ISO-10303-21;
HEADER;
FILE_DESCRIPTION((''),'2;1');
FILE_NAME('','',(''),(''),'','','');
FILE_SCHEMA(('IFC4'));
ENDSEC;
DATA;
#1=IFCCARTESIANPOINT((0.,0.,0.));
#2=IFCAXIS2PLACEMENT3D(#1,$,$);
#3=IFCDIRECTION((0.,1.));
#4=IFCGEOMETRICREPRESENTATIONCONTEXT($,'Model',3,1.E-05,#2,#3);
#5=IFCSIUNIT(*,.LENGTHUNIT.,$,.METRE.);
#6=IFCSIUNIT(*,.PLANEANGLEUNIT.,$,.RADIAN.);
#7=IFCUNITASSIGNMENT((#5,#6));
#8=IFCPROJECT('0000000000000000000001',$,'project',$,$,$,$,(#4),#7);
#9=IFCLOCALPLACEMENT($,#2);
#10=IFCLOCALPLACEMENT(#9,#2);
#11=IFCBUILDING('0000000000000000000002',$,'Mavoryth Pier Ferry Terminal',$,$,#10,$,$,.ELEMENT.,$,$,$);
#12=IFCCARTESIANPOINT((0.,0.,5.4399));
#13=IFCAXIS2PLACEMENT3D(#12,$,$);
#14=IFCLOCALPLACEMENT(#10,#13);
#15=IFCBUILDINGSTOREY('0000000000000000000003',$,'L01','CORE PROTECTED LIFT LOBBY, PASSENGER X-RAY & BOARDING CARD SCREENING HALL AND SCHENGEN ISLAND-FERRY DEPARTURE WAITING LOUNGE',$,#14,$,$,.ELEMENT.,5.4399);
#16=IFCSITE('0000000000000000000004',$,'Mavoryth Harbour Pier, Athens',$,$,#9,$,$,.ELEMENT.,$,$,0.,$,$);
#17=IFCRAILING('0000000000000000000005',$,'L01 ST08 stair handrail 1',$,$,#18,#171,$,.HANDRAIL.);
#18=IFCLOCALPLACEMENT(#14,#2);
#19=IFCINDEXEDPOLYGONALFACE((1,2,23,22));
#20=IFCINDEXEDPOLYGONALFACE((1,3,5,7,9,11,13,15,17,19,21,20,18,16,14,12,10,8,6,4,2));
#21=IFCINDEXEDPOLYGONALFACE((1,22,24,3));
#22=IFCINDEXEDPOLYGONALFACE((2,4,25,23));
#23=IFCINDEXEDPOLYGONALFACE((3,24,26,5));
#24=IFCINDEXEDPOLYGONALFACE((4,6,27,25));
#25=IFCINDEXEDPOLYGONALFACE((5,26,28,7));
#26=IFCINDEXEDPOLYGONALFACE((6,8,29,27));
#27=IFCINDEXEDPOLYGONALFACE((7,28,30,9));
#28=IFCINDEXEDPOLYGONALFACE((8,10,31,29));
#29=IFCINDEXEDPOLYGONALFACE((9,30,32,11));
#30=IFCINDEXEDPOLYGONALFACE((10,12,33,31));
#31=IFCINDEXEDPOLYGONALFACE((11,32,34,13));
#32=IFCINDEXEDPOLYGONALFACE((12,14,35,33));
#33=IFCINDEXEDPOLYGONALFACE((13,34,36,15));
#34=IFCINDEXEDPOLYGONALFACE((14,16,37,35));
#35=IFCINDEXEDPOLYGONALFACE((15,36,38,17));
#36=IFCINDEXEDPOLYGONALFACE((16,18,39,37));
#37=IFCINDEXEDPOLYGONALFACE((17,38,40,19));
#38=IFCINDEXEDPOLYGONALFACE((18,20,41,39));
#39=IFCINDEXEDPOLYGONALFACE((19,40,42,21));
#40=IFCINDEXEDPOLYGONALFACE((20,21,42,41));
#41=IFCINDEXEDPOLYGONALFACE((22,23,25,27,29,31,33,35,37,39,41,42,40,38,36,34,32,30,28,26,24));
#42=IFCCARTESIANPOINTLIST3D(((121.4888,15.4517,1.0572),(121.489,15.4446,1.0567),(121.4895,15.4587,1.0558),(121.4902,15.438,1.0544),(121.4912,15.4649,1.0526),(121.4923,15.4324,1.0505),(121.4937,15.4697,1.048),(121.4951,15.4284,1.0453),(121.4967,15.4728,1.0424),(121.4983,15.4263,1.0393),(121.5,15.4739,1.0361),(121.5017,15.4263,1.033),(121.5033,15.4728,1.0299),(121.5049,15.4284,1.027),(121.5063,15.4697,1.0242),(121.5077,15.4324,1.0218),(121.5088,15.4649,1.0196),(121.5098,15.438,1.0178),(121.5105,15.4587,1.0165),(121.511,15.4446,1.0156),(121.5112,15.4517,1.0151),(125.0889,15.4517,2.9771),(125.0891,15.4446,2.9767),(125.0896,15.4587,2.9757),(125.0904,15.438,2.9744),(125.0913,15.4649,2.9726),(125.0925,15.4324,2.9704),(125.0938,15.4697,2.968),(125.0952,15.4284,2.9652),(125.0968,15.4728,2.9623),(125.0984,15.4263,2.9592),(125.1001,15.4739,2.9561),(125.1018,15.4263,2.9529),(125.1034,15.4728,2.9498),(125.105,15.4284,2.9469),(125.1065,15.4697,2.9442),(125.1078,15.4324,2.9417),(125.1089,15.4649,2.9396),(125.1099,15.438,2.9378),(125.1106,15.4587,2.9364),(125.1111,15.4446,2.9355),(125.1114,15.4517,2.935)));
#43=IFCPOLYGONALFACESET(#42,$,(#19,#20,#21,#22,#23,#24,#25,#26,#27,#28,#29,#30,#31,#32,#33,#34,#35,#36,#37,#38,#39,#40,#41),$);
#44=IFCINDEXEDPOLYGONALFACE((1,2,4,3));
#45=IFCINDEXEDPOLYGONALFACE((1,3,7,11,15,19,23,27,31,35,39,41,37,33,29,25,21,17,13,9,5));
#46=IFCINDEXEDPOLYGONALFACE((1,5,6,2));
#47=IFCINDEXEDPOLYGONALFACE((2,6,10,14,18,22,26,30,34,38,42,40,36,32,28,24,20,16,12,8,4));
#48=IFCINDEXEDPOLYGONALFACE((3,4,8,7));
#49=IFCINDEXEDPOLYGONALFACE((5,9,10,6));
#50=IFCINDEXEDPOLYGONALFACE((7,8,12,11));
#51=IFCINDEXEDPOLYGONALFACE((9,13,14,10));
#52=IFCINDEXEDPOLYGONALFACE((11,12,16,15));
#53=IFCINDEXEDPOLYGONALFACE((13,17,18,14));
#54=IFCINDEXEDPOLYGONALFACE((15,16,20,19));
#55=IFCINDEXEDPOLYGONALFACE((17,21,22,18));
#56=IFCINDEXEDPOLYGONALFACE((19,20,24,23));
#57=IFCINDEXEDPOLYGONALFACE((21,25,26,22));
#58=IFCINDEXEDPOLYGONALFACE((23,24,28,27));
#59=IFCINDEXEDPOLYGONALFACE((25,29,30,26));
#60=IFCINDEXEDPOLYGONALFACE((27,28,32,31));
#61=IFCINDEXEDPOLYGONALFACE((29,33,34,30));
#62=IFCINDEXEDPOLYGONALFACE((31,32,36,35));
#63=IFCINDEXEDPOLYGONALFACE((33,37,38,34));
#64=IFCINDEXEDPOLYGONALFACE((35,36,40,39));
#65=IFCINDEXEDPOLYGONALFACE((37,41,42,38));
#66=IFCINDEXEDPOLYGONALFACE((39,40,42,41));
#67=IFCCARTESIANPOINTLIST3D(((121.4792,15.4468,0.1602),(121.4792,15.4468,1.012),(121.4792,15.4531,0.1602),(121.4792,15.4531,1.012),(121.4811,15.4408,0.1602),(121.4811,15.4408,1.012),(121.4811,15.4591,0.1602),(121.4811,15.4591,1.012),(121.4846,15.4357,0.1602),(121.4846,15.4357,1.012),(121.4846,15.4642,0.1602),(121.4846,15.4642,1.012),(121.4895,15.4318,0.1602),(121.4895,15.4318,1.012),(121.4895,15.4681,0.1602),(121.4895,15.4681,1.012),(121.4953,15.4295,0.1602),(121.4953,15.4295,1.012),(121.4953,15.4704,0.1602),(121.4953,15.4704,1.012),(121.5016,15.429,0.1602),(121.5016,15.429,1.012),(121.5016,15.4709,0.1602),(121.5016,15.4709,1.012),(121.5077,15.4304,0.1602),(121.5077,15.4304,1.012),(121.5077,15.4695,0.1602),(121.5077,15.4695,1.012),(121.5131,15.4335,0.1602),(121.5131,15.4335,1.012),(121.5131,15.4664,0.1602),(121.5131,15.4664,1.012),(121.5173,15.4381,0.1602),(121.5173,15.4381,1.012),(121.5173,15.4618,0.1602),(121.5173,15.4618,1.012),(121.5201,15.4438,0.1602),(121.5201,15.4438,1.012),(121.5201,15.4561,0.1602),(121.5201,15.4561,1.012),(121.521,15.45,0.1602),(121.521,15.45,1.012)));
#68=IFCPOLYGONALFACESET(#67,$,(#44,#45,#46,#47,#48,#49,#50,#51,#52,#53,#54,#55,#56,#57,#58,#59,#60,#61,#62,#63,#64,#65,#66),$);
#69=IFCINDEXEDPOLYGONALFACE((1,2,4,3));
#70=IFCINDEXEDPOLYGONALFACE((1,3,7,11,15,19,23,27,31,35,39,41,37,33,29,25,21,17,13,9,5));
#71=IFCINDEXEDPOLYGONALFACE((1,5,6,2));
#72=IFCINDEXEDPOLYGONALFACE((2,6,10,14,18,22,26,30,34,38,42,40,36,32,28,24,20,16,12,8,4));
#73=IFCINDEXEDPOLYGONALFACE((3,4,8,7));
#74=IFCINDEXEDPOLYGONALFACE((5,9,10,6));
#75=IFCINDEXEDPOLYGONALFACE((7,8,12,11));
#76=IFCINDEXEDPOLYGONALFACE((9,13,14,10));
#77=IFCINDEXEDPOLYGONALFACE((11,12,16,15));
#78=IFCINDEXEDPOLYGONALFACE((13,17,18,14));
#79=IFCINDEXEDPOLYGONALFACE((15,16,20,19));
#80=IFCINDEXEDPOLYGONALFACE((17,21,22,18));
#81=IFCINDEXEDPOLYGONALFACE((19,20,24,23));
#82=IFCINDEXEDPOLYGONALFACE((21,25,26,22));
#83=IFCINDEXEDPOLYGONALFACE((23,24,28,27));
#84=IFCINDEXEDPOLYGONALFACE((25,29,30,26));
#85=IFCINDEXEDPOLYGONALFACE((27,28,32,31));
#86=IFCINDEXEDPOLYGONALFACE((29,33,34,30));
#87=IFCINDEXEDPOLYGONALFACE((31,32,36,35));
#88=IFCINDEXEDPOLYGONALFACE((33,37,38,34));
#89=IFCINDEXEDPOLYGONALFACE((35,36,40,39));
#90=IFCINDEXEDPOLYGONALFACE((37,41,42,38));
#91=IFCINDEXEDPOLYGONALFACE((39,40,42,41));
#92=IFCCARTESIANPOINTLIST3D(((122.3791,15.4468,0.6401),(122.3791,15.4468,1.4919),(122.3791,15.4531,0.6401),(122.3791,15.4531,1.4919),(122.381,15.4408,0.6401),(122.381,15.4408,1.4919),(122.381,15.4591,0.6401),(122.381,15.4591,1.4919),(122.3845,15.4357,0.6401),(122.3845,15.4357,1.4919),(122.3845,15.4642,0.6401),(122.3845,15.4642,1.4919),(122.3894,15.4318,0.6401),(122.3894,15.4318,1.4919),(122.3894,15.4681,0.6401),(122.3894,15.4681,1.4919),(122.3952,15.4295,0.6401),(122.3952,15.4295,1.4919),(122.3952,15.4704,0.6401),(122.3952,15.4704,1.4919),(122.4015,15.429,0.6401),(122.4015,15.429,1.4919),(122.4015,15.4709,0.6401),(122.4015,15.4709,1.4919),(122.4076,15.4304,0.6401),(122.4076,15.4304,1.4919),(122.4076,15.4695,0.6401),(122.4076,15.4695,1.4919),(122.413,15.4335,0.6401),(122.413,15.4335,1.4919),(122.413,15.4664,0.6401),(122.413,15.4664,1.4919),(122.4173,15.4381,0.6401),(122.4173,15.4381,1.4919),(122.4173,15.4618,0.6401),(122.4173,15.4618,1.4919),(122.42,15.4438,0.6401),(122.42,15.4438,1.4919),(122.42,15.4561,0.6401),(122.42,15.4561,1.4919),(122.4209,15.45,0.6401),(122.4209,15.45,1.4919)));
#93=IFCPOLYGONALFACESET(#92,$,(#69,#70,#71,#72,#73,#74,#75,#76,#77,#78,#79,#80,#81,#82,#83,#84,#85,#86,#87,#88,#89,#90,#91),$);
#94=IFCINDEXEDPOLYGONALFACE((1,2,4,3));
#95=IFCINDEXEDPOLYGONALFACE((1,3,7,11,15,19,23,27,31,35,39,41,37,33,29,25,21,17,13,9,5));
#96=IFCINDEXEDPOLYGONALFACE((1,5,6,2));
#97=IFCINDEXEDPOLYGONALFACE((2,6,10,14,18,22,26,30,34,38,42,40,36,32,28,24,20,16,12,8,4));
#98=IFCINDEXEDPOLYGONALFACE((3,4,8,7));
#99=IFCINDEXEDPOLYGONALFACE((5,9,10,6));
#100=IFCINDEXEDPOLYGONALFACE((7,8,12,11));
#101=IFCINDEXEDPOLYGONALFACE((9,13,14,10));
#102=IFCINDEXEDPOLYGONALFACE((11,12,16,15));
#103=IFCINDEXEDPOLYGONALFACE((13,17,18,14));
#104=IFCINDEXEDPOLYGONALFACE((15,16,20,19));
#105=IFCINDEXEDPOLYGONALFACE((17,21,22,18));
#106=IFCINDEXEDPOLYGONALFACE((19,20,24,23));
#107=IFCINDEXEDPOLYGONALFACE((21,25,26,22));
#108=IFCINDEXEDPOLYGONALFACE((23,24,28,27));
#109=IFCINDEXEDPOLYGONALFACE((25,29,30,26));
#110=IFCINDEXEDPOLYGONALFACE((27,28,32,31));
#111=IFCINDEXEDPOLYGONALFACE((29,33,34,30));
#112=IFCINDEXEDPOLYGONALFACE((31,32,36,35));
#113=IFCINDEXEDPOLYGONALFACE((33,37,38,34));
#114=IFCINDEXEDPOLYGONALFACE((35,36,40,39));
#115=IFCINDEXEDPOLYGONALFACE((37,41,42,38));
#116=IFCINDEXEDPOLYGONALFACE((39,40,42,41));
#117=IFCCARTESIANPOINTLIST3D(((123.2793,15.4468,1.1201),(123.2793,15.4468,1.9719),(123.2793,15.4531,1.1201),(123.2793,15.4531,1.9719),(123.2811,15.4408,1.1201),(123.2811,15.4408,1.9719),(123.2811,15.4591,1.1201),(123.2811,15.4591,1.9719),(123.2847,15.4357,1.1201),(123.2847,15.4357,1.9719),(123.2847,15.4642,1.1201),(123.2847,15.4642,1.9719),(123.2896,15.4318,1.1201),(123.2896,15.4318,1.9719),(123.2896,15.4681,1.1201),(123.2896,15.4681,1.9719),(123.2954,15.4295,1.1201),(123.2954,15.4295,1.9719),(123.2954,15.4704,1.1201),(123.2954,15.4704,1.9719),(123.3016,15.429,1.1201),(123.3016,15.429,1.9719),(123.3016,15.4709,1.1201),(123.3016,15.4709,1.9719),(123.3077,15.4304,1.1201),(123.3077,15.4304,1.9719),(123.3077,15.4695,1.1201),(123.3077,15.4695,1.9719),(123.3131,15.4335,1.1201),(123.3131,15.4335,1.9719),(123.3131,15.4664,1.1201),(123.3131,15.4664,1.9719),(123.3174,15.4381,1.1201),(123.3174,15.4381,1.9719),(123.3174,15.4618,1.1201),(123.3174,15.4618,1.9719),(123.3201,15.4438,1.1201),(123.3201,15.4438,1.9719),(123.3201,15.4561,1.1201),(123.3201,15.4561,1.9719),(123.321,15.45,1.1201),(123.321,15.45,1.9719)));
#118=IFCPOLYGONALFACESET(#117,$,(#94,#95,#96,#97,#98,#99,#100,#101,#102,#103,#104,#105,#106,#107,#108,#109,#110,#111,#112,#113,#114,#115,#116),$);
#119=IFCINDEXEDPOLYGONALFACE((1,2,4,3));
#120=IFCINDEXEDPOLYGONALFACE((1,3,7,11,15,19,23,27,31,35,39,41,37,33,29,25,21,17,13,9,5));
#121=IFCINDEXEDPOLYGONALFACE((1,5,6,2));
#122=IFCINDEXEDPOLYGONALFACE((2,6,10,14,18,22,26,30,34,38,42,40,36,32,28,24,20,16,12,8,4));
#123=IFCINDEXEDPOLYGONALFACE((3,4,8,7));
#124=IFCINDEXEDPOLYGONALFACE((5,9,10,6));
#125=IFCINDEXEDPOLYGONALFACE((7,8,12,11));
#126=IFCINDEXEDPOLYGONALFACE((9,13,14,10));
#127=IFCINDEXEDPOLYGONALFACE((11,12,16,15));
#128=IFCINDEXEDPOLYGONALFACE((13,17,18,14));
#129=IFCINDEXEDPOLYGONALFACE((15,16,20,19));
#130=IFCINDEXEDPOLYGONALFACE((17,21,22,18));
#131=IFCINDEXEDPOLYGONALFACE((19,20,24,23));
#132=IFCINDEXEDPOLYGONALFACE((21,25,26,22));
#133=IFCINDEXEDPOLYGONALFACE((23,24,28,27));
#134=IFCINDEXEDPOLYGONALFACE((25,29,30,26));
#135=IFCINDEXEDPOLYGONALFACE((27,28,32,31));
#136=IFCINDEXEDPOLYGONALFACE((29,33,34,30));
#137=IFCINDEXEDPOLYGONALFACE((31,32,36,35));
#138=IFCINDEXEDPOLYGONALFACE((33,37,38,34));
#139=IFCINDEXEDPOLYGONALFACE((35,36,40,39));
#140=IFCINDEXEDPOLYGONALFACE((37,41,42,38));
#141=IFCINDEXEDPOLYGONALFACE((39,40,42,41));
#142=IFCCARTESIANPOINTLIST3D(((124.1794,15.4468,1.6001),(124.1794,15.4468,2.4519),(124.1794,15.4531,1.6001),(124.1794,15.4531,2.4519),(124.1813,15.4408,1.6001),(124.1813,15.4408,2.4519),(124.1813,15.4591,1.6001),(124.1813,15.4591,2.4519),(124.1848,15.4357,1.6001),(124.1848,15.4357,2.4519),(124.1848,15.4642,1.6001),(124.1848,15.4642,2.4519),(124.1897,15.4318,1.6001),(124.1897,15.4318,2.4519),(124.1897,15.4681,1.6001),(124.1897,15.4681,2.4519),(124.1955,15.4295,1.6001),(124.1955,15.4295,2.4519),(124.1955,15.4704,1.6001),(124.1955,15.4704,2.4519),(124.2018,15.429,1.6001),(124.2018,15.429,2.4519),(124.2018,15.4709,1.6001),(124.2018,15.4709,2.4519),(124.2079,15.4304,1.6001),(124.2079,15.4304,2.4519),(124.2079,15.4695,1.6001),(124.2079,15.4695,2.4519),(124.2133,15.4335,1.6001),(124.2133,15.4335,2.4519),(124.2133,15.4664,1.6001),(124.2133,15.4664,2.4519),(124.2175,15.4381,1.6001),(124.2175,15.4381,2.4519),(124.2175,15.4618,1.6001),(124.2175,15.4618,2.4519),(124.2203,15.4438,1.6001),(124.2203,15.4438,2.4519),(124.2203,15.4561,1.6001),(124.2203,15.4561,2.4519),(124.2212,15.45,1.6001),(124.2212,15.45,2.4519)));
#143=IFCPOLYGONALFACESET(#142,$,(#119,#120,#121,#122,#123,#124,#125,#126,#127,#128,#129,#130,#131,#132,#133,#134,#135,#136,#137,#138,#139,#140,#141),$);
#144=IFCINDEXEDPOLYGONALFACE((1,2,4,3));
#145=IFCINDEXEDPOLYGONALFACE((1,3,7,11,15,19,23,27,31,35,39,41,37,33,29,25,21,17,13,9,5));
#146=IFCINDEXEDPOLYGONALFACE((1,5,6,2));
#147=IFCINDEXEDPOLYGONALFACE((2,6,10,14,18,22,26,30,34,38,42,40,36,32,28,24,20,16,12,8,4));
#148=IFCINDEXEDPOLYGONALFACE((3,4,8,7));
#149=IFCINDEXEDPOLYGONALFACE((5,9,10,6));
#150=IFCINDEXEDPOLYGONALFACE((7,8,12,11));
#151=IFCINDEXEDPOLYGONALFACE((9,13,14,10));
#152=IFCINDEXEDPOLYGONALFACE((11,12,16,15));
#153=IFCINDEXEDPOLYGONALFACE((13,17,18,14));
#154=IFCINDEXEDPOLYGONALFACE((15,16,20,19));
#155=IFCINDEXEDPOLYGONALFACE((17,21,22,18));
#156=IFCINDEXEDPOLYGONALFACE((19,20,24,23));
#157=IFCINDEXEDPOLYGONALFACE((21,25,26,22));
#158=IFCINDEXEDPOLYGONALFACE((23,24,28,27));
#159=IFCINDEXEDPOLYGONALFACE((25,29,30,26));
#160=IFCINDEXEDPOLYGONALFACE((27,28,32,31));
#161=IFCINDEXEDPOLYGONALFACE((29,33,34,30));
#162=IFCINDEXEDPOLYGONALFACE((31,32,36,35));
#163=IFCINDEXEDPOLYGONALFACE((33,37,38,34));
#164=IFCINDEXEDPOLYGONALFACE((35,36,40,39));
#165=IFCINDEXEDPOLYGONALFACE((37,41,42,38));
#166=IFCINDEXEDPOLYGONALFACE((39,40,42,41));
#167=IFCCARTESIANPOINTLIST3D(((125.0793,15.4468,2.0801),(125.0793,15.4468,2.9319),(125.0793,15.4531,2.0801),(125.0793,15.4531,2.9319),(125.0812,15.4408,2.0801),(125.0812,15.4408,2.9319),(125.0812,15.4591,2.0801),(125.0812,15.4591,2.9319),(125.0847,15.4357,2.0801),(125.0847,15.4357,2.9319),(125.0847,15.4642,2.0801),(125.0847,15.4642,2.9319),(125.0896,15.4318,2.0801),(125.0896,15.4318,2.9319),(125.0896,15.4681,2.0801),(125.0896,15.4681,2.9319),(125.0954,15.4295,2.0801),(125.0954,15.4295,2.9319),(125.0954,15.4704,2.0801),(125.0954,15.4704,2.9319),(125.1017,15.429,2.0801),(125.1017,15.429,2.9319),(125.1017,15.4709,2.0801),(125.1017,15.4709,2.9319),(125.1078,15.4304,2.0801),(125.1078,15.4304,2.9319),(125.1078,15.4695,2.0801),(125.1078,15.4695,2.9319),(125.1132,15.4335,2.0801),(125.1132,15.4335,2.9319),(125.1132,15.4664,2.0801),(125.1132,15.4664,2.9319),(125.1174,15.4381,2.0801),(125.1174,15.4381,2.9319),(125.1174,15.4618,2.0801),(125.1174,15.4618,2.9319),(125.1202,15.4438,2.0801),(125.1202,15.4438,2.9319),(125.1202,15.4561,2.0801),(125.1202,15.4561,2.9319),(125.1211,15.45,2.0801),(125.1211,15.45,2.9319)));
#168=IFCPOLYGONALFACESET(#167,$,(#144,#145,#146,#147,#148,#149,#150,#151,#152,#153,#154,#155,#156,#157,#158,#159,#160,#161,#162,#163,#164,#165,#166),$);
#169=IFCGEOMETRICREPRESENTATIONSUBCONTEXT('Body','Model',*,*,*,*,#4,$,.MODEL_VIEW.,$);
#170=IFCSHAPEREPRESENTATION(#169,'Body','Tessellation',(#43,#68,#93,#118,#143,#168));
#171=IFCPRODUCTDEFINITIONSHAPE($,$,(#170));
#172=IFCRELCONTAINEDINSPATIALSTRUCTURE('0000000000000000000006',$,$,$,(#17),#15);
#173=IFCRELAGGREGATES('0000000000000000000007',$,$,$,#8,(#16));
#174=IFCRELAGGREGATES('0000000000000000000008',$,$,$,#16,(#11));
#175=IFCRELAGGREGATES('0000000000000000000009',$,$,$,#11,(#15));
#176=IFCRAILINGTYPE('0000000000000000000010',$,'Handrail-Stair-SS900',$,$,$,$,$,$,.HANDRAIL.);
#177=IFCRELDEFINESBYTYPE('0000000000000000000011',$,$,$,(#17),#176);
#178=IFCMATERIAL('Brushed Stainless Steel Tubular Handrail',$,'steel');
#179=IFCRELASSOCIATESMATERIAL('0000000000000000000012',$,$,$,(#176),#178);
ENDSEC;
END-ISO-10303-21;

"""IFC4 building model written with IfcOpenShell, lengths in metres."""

from ifc_helpers import new_model, si_unit, direction, frame, origin, origin_2d, place, context, subcontext, project, spatial, circle, extrude, material, type_object, element, save


model = new_model("IFC4")

# Units and contexts
model_context = context("Model", 3, precision=1e-05, world=origin(), true_north=direction((0.0, 1.0)))
body_context = subcontext(model_context, "Body", "Model", "MODEL_VIEW")
ifc_project = project(units=[si_unit("LENGTHUNIT", "METRE"), si_unit("PLANEANGLEUNIT", "RADIAN")], contexts=[model_context])

# Site, building, storey
site_placement = place(None, origin())
site = spatial("IfcSite", under=ifc_project, at=site_placement, Name="Mavoryth Harbour Pier, Athens", CompositionType="ELEMENT", RefElevation=0.0)
building_placement = place(site_placement, origin())
building = spatial("IfcBuilding", under=site, at=building_placement, Name="Mavoryth Pier Ferry Terminal", CompositionType="ELEMENT")
storey_placement = place(building_placement, frame((0.0, 0.0, 5.4399)))
storey = spatial("IfcBuildingStorey", under=building, at=storey_placement, Name="L01", Description="CORE PROTECTED LIFT LOBBY, PASSENGER X-RAY & BOARDING CARD SCREENING HALL AND SCHENGEN ISLAND-FERRY DEPARTURE WAITING LOUNGE", CompositionType="ELEMENT", Elevation=5.4399)

# Railing
ifc_material_1 = material(Name="Brushed Stainless Steel Tubular Handrail", Category="steel")
railing_type_1 = type_object("IfcRailingType", Name="Handrail-Stair-SS900", PredefinedType="HANDRAIL", material=ifc_material_1)
railing_1_placement = place(storey_placement, frame((121.5, 15.45, 0.1602)))
element("IfcRailing", 1, at=railing_1_placement, inside=storey, type_object=railing_type_1, Name="L01 ST08 stair handrail 1", PredefinedType="HANDRAIL", context=body_context, shape_type="SweptSolid", body=[
    extrude(circle(Radius=0.0239, at=origin_2d()), frame((0.0, 0.0, 0.876), z_axis=(0.882366, 0.0, 0.470563), x_axis=(0.0, 1.0, 0.0)), (0.0, 0.0, 1.0), 4.0801),
    extrude(circle(Radius=0.021, at=origin_2d()), origin(), (0.0, 0.0, 1.0), 0.8518),
    extrude(circle(Radius=0.021, at=origin_2d()), frame((0.8999, 0.0, 0.48)), (0.0, 0.0, 1.0), 0.8518),
    extrude(circle(Radius=0.021, at=origin_2d()), frame((1.8, 0.0, 0.96)), (0.0, 0.0, 1.0), 0.8518),
    extrude(circle(Radius=0.021, at=origin_2d()), frame((2.7002, 0.0, 1.4399)), (0.0, 0.0, 1.0), 0.8518),
    extrude(circle(Radius=0.021, at=origin_2d()), frame((3.6001, 0.0, 1.9199)), (0.0, 0.0, 1.0), 0.8518),
])

save(model, "model.ifc")
